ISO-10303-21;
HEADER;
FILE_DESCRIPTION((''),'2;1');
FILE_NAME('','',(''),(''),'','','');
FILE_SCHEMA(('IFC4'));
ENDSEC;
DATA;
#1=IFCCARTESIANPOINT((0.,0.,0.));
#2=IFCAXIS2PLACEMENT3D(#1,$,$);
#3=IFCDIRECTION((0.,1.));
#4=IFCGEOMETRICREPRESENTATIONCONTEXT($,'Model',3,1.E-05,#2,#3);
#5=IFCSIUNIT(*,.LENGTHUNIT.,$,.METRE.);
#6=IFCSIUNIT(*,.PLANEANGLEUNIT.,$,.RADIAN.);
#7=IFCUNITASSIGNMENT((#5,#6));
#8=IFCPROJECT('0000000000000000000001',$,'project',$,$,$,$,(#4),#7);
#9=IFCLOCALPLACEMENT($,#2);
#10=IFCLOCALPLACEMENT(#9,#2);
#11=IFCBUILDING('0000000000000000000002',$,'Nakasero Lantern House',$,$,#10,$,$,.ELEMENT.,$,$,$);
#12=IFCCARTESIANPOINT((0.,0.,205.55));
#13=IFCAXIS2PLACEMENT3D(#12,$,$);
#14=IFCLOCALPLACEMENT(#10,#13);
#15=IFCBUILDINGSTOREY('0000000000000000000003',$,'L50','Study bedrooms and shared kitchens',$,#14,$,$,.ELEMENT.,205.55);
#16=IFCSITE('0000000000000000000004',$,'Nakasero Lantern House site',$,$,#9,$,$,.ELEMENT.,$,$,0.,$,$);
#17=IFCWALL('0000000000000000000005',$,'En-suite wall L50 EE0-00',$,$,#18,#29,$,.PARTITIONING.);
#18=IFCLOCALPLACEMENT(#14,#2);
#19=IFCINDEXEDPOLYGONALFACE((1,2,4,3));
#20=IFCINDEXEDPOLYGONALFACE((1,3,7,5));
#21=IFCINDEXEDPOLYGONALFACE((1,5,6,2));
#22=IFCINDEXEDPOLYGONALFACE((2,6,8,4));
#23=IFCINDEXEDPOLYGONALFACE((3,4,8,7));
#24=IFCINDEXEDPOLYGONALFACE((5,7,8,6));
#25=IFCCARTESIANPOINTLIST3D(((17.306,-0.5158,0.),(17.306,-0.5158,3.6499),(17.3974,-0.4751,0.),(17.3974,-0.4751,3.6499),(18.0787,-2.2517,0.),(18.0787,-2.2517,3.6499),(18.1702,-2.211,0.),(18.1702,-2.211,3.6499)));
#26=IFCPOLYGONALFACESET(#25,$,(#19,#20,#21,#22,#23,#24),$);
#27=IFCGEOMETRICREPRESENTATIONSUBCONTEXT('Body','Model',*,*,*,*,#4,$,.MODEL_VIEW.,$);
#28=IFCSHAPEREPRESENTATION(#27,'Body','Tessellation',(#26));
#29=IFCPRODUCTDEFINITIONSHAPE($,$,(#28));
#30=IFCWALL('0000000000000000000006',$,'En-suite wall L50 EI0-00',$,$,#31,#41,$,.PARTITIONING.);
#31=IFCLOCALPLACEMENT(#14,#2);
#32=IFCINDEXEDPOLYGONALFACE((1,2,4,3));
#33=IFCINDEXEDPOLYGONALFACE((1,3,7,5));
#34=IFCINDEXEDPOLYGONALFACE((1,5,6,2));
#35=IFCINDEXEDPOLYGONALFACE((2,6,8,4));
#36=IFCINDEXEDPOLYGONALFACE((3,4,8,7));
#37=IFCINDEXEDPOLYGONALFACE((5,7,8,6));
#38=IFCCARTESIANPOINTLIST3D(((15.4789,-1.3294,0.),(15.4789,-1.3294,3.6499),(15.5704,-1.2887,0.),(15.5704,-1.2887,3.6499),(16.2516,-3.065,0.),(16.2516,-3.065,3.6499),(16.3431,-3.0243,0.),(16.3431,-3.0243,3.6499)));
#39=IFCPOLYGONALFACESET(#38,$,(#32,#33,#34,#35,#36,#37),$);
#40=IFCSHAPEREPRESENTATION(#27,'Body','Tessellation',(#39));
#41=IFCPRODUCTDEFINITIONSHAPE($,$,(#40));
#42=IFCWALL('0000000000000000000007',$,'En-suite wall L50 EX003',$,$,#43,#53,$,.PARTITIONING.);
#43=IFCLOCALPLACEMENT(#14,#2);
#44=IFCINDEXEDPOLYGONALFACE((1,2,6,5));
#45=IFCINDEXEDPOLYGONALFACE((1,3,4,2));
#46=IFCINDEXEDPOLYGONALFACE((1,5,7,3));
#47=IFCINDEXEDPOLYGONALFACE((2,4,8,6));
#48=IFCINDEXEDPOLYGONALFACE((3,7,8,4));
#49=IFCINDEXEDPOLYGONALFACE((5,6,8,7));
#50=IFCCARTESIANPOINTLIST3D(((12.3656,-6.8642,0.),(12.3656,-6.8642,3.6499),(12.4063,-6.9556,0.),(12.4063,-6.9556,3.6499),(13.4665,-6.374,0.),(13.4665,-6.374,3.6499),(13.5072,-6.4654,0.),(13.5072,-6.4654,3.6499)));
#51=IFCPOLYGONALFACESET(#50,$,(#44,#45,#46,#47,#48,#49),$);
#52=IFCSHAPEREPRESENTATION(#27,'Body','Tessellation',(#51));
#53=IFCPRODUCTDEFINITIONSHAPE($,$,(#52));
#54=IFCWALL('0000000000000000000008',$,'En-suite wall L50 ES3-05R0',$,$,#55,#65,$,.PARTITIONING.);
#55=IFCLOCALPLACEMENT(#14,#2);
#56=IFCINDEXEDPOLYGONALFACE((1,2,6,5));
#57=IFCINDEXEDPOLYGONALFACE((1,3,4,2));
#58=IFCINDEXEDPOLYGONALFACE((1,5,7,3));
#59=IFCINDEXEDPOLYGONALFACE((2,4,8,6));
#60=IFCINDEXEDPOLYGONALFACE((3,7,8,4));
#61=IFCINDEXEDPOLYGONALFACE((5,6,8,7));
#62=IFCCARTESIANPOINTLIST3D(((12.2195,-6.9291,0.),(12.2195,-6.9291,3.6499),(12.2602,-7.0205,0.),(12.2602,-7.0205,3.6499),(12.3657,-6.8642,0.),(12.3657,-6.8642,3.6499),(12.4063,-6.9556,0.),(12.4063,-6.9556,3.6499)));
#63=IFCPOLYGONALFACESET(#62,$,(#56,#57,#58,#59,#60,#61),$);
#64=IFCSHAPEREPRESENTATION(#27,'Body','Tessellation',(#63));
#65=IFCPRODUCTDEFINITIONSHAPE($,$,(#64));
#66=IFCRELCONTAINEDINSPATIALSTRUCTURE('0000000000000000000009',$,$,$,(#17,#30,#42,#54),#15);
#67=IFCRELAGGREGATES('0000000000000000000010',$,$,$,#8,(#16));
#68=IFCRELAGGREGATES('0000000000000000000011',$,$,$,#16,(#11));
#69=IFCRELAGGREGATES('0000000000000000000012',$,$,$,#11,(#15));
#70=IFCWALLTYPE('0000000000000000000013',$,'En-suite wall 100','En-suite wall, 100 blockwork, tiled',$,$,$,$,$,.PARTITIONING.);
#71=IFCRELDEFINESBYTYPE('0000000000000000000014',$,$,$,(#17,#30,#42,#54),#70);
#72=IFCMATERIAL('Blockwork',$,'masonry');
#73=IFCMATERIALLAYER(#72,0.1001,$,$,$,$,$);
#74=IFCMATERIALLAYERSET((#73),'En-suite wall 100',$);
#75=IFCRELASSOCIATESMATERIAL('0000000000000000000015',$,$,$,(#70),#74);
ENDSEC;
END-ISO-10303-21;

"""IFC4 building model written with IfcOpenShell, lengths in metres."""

from ifc_helpers import new_model, si_unit, direction, frame, frame_2d, origin, place, context, subcontext, project, spatial, rectangle, extrude, material, layer, layer_set, type_object, element, save


model = new_model("IFC4")

# Units and contexts
model_context = context("Model", 3, precision=1e-05, world=origin(), true_north=direction((0.0, 1.0)))
body_context = subcontext(model_context, "Body", "Model", "MODEL_VIEW")
ifc_project = project(units=[si_unit("LENGTHUNIT", "METRE"), si_unit("PLANEANGLEUNIT", "RADIAN")], contexts=[model_context])

# Site, building, storey
site_placement = place(None, origin())
site = spatial("IfcSite", under=ifc_project, at=site_placement, Name="Nakasero Lantern House site", CompositionType="ELEMENT", RefElevation=0.0)
building_placement = place(site_placement, origin())
building = spatial("IfcBuilding", under=site, at=building_placement, Name="Nakasero Lantern House", CompositionType="ELEMENT")
storey_placement = place(building_placement, frame((0.0, 0.0, 205.55)))
storey = spatial("IfcBuildingStorey", under=building, at=storey_placement, Name="L50", Description="Study bedrooms and shared kitchens", CompositionType="ELEMENT", Elevation=205.55)

# Shared definitions
ifc_material_1 = material(Name="Blockwork", Category="masonry")
ifc_layer_1 = layer(ifc_material_1, 0.1001)
ifc_layer_set_1 = layer_set([ifc_layer_1], Name="En-suite wall 100")
wall_type_1 = type_object("IfcWallType", Name="En-suite wall 100", Description="En-suite wall, 100 blockwork, tiled", PredefinedType="PARTITIONING", material=ifc_layer_set_1)

# Walls
wall_1_placement = place(storey_placement, frame((18.1245, -2.2314, 0.0), z_axis=(0.0, 0.0, 1.0), x_axis=(-0.406675, 0.913573, 0.0)))
element("IfcWall", 1, at=wall_1_placement, inside=storey, type_object=wall_type_1, Name="En-suite wall L50 EE0-00", PredefinedType="PARTITIONING", context=body_context, shape_type="SweptSolid", body=[
    extrude(rectangle(XDim=1.9001, YDim=0.1001, at=frame_2d((0.9502, 0.0))), origin(), (0.0, 0.0, 1.0), 3.6499),
])
wall_2_placement = place(storey_placement, frame((16.2974, -3.0447, 0.0), z_axis=(0.0, 0.0, 1.0), x_axis=(-0.406723, 0.913552, 0.0)))
element("IfcWall", 2, at=wall_2_placement, inside=storey, type_object=wall_type_1, Name="En-suite wall L50 EI0-00", PredefinedType="PARTITIONING", context=body_context, shape_type="SweptSolid", body=[
    extrude(rectangle(XDim=1.8999, YDim=0.1001, at=frame_2d((0.95, 0.0))), origin(), (0.0, 0.0, 1.0), 3.6499),
])
wall_3_placement = place(storey_placement, frame((13.4868, -6.4197, 0.0), z_axis=(0.0, 0.0, 1.0), x_axis=(-0.913511, -0.406815, 0.0)))
element("IfcWall", 3, at=wall_3_placement, inside=storey, type_object=wall_type_1, Name="En-suite wall L50 EX003", PredefinedType="PARTITIONING", context=body_context, shape_type="SweptSolid", body=[
    extrude(rectangle(XDim=1.2051, YDim=0.1001, at=frame_2d((0.6025, 0.0))), origin(), (0.0, 0.0, 1.0), 3.6499),
])
wall_4_placement = place(storey_placement, frame((12.2397, -6.9749, 0.0), z_axis=(0.0, 0.0, 1.0), x_axis=(0.913937, 0.405855, 0.0)))
element("IfcWall", 4, at=wall_4_placement, inside=storey, type_object=wall_type_1, Name="En-suite wall L50 ES3-05R0", PredefinedType="PARTITIONING", context=body_context, shape_type="SweptSolid", body=[
    extrude(rectangle(XDim=0.1599, YDim=0.1001, at=frame_2d((0.0801, 0.0))), origin(), (0.0, 0.0, 1.0), 3.6499),
])

save(model, "model.ifc")
